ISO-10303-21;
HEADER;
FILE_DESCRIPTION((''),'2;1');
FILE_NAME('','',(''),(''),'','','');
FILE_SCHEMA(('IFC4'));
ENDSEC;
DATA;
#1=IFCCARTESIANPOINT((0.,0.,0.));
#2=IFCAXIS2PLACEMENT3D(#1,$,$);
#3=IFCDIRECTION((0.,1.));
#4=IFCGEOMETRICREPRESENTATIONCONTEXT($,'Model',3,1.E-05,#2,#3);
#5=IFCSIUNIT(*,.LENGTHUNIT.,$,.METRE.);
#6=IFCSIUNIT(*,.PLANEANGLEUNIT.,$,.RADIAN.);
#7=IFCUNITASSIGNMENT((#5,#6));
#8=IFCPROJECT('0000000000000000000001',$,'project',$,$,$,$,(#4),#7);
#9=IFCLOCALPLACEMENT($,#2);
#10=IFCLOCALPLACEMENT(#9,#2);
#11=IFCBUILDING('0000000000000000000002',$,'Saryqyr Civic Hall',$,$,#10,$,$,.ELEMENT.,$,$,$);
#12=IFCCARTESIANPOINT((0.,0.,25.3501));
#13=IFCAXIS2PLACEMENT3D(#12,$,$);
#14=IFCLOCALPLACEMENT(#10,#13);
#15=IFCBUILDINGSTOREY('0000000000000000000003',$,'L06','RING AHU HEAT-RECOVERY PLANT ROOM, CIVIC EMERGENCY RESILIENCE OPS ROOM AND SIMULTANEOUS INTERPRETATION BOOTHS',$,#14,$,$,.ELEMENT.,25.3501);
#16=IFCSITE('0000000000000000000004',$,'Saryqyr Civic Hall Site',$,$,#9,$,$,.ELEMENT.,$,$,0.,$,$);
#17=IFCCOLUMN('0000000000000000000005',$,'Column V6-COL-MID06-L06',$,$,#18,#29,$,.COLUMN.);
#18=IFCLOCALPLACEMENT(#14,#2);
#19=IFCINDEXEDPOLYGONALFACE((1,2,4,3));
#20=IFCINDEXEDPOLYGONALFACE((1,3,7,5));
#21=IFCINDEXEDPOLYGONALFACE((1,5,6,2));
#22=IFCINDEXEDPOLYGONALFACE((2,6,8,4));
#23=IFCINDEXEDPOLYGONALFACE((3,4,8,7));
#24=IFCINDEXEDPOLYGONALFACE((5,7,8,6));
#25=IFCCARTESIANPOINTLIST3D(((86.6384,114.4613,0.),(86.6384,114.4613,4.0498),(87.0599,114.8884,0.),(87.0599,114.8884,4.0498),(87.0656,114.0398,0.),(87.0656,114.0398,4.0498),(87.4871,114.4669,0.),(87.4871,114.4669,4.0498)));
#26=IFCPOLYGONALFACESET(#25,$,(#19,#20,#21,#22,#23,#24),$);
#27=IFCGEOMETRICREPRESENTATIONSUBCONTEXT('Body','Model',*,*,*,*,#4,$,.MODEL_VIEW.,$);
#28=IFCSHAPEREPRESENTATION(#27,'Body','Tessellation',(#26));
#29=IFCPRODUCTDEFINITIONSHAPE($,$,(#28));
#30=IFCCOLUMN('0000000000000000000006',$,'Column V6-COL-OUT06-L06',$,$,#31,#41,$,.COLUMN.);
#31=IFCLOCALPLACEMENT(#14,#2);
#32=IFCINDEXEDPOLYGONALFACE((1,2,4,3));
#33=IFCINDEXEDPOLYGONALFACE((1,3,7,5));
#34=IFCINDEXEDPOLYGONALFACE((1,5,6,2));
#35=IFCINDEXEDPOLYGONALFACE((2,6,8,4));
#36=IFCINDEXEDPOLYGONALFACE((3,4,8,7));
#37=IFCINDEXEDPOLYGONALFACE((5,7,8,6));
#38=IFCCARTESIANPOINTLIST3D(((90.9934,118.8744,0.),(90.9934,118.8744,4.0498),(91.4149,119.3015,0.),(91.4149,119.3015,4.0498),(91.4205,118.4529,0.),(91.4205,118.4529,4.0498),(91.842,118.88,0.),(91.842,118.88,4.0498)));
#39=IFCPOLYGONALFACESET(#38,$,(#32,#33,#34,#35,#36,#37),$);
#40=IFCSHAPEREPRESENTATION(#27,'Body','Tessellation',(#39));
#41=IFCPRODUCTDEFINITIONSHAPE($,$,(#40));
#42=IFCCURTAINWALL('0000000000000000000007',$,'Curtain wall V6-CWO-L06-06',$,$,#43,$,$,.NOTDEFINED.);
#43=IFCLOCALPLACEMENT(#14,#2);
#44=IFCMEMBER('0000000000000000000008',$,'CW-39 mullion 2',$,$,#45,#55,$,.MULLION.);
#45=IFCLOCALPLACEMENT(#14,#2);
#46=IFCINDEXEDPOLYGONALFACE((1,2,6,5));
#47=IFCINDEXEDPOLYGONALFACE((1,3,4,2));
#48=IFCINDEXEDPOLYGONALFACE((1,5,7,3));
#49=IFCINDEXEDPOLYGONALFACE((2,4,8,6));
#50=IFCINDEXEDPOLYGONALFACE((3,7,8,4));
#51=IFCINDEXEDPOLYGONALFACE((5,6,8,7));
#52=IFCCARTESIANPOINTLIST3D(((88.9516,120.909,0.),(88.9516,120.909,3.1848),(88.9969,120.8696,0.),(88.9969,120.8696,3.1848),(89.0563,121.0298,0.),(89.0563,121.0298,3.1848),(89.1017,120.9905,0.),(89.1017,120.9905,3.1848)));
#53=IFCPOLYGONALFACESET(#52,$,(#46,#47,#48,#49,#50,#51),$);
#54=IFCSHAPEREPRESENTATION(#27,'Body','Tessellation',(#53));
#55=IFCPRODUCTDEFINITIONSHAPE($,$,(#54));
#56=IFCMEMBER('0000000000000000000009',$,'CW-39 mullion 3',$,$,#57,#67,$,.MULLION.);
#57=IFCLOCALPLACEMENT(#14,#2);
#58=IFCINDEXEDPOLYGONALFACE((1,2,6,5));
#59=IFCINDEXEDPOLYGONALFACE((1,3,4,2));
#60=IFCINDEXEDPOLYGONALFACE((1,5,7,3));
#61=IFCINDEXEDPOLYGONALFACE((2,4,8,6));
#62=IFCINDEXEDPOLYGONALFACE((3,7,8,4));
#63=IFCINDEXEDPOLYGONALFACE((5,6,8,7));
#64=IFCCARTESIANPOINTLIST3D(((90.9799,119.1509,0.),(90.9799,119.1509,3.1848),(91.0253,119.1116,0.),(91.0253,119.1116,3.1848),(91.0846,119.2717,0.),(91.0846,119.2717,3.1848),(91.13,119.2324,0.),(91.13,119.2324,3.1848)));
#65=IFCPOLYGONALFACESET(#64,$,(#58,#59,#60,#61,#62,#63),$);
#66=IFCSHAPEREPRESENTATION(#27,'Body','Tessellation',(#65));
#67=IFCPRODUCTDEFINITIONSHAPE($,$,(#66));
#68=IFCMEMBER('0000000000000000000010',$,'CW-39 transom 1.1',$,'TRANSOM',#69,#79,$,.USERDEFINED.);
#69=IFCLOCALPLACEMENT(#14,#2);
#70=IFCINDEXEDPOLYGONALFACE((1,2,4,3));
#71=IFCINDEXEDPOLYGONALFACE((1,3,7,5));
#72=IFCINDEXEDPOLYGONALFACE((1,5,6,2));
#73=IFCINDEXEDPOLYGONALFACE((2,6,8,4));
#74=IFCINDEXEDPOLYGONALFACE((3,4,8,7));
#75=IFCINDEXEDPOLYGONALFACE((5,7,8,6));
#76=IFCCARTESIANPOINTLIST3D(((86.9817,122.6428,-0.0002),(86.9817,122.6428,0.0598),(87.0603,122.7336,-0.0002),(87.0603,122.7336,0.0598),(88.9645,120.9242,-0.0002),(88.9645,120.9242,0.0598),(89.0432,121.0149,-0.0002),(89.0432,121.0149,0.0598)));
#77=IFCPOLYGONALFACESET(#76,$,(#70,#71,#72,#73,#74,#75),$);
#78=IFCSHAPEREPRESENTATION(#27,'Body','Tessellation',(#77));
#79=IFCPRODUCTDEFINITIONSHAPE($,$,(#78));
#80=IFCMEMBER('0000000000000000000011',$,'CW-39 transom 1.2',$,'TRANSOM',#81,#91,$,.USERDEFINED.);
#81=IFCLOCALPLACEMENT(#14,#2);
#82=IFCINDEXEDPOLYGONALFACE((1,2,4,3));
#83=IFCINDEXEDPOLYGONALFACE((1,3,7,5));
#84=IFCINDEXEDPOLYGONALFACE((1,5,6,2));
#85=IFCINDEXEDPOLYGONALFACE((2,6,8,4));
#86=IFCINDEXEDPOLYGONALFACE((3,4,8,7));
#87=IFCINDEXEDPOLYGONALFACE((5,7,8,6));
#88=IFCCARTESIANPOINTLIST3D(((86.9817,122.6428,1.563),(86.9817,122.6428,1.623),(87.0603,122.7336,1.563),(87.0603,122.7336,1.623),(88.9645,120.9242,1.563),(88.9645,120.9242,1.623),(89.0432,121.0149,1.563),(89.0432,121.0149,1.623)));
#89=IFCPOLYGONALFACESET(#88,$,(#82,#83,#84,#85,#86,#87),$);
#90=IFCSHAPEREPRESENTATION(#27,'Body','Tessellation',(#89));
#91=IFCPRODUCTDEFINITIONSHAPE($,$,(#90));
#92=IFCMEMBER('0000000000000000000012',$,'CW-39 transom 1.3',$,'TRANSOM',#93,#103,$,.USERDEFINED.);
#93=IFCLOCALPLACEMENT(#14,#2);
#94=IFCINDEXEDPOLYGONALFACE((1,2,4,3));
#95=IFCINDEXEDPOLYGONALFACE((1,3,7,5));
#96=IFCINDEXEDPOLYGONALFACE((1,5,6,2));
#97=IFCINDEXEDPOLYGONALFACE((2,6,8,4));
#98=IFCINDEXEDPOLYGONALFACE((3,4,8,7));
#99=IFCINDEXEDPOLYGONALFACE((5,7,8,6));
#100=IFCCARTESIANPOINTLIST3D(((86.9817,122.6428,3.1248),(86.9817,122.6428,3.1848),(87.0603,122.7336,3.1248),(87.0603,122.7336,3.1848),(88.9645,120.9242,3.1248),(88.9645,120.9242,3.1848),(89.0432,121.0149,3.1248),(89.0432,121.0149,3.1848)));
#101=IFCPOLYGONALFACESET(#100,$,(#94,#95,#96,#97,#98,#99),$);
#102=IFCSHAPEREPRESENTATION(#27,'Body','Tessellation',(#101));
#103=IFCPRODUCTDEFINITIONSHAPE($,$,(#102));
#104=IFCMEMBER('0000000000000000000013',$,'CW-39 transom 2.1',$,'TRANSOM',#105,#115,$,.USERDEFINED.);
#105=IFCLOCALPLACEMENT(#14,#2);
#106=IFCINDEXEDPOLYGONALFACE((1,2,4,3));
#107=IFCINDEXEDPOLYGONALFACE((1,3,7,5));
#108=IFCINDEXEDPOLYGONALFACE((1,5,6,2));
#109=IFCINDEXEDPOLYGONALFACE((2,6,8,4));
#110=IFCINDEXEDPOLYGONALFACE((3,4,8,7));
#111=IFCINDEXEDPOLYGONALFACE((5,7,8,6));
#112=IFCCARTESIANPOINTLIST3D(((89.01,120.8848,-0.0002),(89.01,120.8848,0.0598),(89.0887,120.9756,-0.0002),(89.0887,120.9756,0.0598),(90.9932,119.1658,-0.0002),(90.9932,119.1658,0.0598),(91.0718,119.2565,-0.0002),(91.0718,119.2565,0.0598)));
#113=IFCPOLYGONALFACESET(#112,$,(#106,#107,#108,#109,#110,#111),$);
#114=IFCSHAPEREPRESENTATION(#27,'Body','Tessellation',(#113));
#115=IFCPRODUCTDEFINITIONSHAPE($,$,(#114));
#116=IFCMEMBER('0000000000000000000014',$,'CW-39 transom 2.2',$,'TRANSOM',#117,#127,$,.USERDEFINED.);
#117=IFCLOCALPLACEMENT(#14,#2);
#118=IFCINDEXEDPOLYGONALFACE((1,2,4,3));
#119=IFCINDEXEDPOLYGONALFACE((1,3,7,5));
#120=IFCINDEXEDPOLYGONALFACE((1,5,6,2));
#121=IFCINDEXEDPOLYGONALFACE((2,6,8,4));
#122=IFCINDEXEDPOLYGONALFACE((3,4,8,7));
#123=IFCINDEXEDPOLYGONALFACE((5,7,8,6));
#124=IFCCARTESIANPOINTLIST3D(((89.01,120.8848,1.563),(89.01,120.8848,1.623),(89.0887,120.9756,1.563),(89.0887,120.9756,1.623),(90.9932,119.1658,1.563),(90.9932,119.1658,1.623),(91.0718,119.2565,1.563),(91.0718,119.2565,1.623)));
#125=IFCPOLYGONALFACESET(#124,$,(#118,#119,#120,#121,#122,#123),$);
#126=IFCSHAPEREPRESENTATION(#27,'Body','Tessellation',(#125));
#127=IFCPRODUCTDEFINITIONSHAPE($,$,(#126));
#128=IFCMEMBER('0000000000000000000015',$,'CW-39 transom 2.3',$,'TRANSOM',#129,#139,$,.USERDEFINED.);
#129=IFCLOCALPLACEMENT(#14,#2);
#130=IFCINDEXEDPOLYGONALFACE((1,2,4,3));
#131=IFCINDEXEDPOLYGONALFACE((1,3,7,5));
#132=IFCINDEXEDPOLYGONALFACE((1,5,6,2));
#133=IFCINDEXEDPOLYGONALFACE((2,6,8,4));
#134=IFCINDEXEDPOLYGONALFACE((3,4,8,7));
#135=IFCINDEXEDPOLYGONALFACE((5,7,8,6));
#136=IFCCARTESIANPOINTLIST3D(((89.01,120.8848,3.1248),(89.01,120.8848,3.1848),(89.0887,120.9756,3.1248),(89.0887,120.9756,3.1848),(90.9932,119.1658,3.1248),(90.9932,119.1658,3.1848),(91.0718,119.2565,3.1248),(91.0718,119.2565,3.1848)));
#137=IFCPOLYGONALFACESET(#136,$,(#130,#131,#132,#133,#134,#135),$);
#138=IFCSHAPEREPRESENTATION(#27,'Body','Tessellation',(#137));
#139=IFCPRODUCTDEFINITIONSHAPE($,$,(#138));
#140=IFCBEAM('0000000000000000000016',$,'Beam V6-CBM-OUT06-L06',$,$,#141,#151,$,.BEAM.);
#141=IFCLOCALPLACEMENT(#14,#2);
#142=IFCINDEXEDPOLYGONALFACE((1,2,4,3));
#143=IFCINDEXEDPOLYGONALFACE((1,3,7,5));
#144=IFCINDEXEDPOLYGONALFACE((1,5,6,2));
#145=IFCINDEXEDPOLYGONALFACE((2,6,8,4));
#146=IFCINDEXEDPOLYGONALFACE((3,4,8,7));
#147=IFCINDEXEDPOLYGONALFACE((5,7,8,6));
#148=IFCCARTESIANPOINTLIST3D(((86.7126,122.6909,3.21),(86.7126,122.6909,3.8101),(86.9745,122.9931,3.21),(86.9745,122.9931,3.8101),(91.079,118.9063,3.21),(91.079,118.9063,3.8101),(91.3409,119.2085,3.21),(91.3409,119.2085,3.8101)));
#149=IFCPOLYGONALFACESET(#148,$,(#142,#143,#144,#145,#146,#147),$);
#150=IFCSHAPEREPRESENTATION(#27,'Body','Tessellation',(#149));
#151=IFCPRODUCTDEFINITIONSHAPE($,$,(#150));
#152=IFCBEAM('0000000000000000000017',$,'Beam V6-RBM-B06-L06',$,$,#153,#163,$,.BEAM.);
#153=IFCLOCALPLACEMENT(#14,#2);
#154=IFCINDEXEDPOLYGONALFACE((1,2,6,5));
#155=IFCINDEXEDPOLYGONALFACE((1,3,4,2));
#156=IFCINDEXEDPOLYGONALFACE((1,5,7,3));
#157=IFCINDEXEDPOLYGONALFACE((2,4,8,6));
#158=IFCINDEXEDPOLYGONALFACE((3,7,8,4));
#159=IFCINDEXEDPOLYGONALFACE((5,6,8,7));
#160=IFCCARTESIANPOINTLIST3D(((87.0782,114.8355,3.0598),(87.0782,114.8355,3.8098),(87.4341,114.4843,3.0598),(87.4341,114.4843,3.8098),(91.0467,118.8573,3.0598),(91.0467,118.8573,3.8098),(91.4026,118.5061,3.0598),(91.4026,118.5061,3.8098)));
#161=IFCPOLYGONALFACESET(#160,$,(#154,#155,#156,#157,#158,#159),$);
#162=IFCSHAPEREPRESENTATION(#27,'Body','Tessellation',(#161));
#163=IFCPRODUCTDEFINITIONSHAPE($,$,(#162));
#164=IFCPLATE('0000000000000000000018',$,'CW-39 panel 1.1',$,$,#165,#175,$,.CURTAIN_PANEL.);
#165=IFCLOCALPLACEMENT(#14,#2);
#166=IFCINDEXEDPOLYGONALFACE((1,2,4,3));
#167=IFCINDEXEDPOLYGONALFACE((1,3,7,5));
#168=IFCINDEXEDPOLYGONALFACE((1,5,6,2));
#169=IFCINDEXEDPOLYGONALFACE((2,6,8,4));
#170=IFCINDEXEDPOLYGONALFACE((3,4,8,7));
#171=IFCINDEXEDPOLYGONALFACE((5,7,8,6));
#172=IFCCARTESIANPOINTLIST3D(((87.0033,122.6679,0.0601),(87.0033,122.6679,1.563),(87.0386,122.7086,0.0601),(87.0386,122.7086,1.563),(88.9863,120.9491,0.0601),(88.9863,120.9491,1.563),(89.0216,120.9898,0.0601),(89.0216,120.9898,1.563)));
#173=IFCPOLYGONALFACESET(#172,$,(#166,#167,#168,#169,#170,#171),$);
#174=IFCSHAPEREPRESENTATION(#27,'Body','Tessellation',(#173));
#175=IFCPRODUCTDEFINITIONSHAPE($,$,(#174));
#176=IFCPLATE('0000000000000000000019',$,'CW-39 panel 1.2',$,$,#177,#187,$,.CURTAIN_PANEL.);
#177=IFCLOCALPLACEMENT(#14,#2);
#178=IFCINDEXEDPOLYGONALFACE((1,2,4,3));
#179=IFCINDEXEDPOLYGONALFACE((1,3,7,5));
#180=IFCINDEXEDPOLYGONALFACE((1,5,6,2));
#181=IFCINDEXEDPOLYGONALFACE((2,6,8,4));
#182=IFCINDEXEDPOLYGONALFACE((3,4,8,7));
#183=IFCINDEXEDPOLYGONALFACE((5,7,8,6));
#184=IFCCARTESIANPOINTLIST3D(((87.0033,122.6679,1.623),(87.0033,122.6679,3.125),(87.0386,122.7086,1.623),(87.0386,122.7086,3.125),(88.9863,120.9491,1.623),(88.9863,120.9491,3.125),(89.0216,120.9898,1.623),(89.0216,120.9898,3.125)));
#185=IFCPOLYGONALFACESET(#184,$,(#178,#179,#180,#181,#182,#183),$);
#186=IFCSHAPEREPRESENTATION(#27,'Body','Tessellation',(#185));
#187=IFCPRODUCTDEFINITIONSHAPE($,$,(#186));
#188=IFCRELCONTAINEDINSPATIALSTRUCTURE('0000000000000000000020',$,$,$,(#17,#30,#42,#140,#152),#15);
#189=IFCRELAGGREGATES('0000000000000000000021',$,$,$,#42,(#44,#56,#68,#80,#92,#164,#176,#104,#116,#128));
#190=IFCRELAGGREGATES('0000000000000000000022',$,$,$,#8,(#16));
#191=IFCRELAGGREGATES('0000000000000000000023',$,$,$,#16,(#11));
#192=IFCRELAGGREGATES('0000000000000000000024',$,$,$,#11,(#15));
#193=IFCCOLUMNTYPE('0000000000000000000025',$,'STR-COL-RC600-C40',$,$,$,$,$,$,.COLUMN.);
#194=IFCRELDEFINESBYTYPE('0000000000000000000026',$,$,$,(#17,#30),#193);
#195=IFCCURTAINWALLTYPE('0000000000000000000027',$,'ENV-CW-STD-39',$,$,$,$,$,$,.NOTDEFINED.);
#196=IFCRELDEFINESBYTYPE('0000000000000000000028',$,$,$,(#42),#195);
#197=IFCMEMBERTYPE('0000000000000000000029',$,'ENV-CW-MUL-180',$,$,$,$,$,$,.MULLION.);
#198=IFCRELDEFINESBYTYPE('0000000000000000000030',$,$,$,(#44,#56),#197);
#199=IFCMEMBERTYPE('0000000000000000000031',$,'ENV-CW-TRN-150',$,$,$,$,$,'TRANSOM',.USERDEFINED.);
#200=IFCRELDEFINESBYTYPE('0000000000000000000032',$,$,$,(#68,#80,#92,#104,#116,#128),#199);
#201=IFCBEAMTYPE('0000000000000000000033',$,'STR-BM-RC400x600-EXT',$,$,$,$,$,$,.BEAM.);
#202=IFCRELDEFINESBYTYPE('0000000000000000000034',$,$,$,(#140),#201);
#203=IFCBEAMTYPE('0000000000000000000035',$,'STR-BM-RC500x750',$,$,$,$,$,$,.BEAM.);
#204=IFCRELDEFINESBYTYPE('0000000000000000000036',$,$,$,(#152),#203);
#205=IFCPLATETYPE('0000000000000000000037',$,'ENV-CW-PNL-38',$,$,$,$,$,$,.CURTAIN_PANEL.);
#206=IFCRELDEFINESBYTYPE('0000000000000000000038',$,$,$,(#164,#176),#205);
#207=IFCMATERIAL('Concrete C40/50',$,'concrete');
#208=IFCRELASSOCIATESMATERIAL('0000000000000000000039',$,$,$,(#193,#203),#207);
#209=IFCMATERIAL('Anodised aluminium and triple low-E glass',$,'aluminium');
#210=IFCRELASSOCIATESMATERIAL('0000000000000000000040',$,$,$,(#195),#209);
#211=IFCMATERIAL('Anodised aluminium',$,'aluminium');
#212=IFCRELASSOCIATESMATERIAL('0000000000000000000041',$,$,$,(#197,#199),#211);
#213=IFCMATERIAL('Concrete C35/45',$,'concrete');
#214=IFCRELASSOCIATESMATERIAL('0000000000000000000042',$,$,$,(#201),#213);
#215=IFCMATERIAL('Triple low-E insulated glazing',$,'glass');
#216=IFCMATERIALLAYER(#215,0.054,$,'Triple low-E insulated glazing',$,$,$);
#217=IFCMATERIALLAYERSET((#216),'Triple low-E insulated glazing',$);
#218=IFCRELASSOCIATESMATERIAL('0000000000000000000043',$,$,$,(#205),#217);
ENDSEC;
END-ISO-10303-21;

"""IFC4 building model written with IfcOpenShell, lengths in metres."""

from ifc_helpers import new_model, si_unit, direction, frame, origin, origin_2d, place, context, subcontext, project, spatial, rectangle, extrude, material, layer, layer_set, material_profile, profile_set, type_object, element, aggregate, save


model = new_model("IFC4")

# Units and contexts
model_context = context("Model", 3, precision=1e-05, world=origin(), true_north=direction((0.0, 1.0)))
body_context = subcontext(model_context, "Body", "Model", "MODEL_VIEW")
ifc_project = project(units=[si_unit("LENGTHUNIT", "METRE"), si_unit("PLANEANGLEUNIT", "RADIAN")], contexts=[model_context])

# Site, building, storey
site_placement = place(None, origin())
site = spatial("IfcSite", under=ifc_project, at=site_placement, Name="Saryqyr Civic Hall Site", CompositionType="ELEMENT", RefElevation=0.0)
building_placement = place(site_placement, origin())
building = spatial("IfcBuilding", under=site, at=building_placement, Name="Saryqyr Civic Hall", CompositionType="ELEMENT")
storey_placement = place(building_placement, frame((0.0, 0.0, 25.3501)))
storey = spatial("IfcBuildingStorey", under=building, at=storey_placement, Name="L06", Description="RING AHU HEAT-RECOVERY PLANT ROOM, CIVIC EMERGENCY RESILIENCE OPS ROOM AND SIMULTANEOUS INTERPRETATION BOOTHS", CompositionType="ELEMENT", Elevation=25.3501)

# Columns
ifc_material_1 = material(Name="Concrete C40/50", Category="concrete")
ifc_material_profile_1 = material_profile(ifc_material_1, rectangle(XDim=0.6001, YDim=0.6001, at=origin_2d()), Name="RC 600x600")
ifc_profile_set_1 = profile_set([ifc_material_profile_1], Name="Concrete C40/50")
column_type = type_object("IfcColumnType", Name="STR-COL-RC600-C40", PredefinedType="COLUMN", material=ifc_profile_set_1)
for number, where, z_axis, x_axis, name in (
    (1, (87.0627, 114.4641, 0.0), (0.0, 0.0, 1.0), (0.702402, 0.711781, 0.0), "Column V6-COL-MID06-L06"),
    (2, (91.4177, 118.8772, 0.0), (0.0, 0.0, 1.0), (0.702402, 0.711781, 0.0), "Column V6-COL-OUT06-L06"),
):
    element("IfcColumn", number, at=place(storey_placement, frame(where, z_axis=z_axis, x_axis=x_axis)), inside=storey, type_object=column_type, Name=name, PredefinedType="COLUMN", context=body_context, shape_type="SweptSolid", body=[
        extrude(rectangle(XDim=0.6001, YDim=0.6001, at=origin_2d()), origin(), (0.0, 0.0, 1.0), 4.0498),
    ])

# Curtain wall, members
ifc_material_2 = material(Name="Anodised aluminium and triple low-E glass", Category="aluminium")
curtain_wall_type = type_object("IfcCurtainWallType", Name="ENV-CW-STD-39", PredefinedType="NOTDEFINED", material=ifc_material_2)
curtain_wall_placement = place(storey_placement, origin())
curtain_wall = element("IfcCurtainWall", 3, at=curtain_wall_placement, inside=storey, type_object=curtain_wall_type, Name="Curtain wall V6-CWO-L06-06", PredefinedType="NOTDEFINED")
ifc_material_3 = material(Name="Anodised aluminium", Category="aluminium")
ifc_material_profile_2 = material_profile(ifc_material_3, rectangle(XDim=0.0601, YDim=0.1599, at=origin_2d()), Name="ALU MULLION 60x160")
ifc_profile_set_2 = profile_set([ifc_material_profile_2], Name="Anodised aluminium")
member_type_1 = type_object("IfcMemberType", Name="ENV-CW-MUL-180", PredefinedType="MULLION", material=ifc_profile_set_2)
member_1_placement = place(storey_placement, frame((89.0266, 120.9497, 0.0), z_axis=(0.0, 0.0, 1.0), x_axis=(0.755657, -0.654967, 0.0)))
member_1 = element("IfcMember", 4, at=member_1_placement, type_object=member_type_1, Name="CW-39 mullion 2", PredefinedType="MULLION", context=body_context, shape_type="SweptSolid", body=[
    extrude(rectangle(XDim=0.0601, YDim=0.1599, at=origin_2d()), origin(), (0.0, 0.0, 1.0), 3.1848),
])
member_2_placement = place(storey_placement, frame((91.0549, 119.1917, 0.0), z_axis=(0.0, 0.0, 1.0), x_axis=(0.755657, -0.654967, 0.0)))
member_2 = element("IfcMember", 5, at=member_2_placement, type_object=member_type_1, Name="CW-39 mullion 3", PredefinedType="MULLION", context=body_context, shape_type="SweptSolid", body=[
    extrude(rectangle(XDim=0.0601, YDim=0.1599, at=origin_2d()), origin(), (0.0, 0.0, 1.0), 3.1848),
])
ifc_material_profile_3 = material_profile(ifc_material_3, rectangle(XDim=0.1201, YDim=0.0601, at=origin_2d()), Name="ALU TRANSOM 120x60")
ifc_profile_set_3 = profile_set([ifc_material_profile_3], Name="Anodised aluminium")
member_type_2 = type_object("IfcMemberType", Name="ENV-CW-TRN-150", ElementType="TRANSOM", PredefinedType="USERDEFINED", material=ifc_profile_set_3)
member_3_placement = place(storey_placement, frame((87.021, 122.6882, 0.0298), z_axis=(0.755646, -0.65498, 0.0), x_axis=(0.65498, 0.755646, 0.0)))
member_3 = element("IfcMember", 6, at=member_3_placement, type_object=member_type_2, Name="CW-39 transom 1.1", ObjectType="TRANSOM", PredefinedType="USERDEFINED", context=body_context, shape_type="SweptSolid", body=[
    extrude(rectangle(XDim=0.1201, YDim=0.0601, at=origin_2d()), origin(), (0.0, 0.0, 1.0), 2.624),
])
member_4_placement = place(storey_placement, frame((87.021, 122.6882, 1.593), z_axis=(0.755646, -0.65498, 0.0), x_axis=(0.65498, 0.755646, 0.0)))
member_4 = element("IfcMember", 7, at=member_4_placement, type_object=member_type_2, Name="CW-39 transom 1.2", ObjectType="TRANSOM", PredefinedType="USERDEFINED", context=body_context, shape_type="SweptSolid", body=[
    extrude(rectangle(XDim=0.1201, YDim=0.0601, at=origin_2d()), origin(), (0.0, 0.0, 1.0), 2.624),
])
member_5_placement = place(storey_placement, frame((87.021, 122.6882, 3.1548), z_axis=(0.755646, -0.65498, 0.0), x_axis=(0.65498, 0.755646, 0.0)))
member_5 = element("IfcMember", 8, at=member_5_placement, type_object=member_type_2, Name="CW-39 transom 1.3", ObjectType="TRANSOM", PredefinedType="USERDEFINED", context=body_context, shape_type="SweptSolid", body=[
    extrude(rectangle(XDim=0.1201, YDim=0.0601, at=origin_2d()), origin(), (0.0, 0.0, 1.0), 2.624),
])
member_6_placement = place(storey_placement, frame((89.0493, 120.9302, 0.0298), z_axis=(0.75564, -0.654987, 0.0), x_axis=(0.654987, 0.75564, 0.0)))
member_6 = element("IfcMember", 9, at=member_6_placement, type_object=member_type_2, Name="CW-39 transom 2.1", ObjectType="TRANSOM", PredefinedType="USERDEFINED", context=body_context, shape_type="SweptSolid", body=[
    extrude(rectangle(XDim=0.1201, YDim=0.0601, at=origin_2d()), origin(), (0.0, 0.0, 1.0), 2.6245),
])
member_7_placement = place(storey_placement, frame((89.0493, 120.9302, 1.593), z_axis=(0.75564, -0.654987, 0.0), x_axis=(0.654987, 0.75564, 0.0)))
member_7 = element("IfcMember", 10, at=member_7_placement, type_object=member_type_2, Name="CW-39 transom 2.2", ObjectType="TRANSOM", PredefinedType="USERDEFINED", context=body_context, shape_type="SweptSolid", body=[
    extrude(rectangle(XDim=0.1201, YDim=0.0601, at=origin_2d()), origin(), (0.0, 0.0, 1.0), 2.6245),
])
member_8_placement = place(storey_placement, frame((89.0493, 120.9302, 3.1548), z_axis=(0.75564, -0.654987, 0.0), x_axis=(0.654987, 0.75564, 0.0)))
member_8 = element("IfcMember", 11, at=member_8_placement, type_object=member_type_2, Name="CW-39 transom 2.3", ObjectType="TRANSOM", PredefinedType="USERDEFINED", context=body_context, shape_type="SweptSolid", body=[
    extrude(rectangle(XDim=0.1201, YDim=0.0601, at=origin_2d()), origin(), (0.0, 0.0, 1.0), 2.6245),
])

# Beams
ifc_material_4 = material(Name="Concrete C35/45", Category="concrete")
ifc_material_profile_4 = material_profile(ifc_material_4, rectangle(XDim=0.3999, YDim=0.6001, at=origin_2d()), Name="RC 400x600")
ifc_profile_set_4 = profile_set([ifc_material_profile_4], Name="Concrete C35/45")
beam_type_1 = type_object("IfcBeamType", Name="STR-BM-RC400x600-EXT", PredefinedType="BEAM", material=ifc_profile_set_4)
beam_1_placement = place(storey_placement, frame((91.21, 119.0574, 3.51), z_axis=(-0.755654, 0.654971, 0.0), x_axis=(-0.654971, -0.755654, 0.0)))
element("IfcBeam", 12, at=beam_1_placement, inside=storey, type_object=beam_type_1, Name="Beam V6-CBM-OUT06-L06", PredefinedType="BEAM", context=body_context, shape_type="SweptSolid", body=[
    extrude(rectangle(XDim=0.3999, YDim=0.6001, at=origin_2d()), origin(), (0.0, 0.0, 1.0), 5.7783),
])
ifc_material_profile_5 = material_profile(ifc_material_1, rectangle(XDim=0.5, YDim=0.75, at=origin_2d()), Name="RC 500x750")
ifc_profile_set_5 = profile_set([ifc_material_profile_5], Name="Concrete C40/50")
beam_type_2 = type_object("IfcBeamType", Name="STR-BM-RC500x750", PredefinedType="BEAM", material=ifc_profile_set_5)
beam_2_placement = place(storey_placement, frame((87.2561, 114.6599, 3.4348), z_axis=(0.702381, 0.711801, 0.0), x_axis=(-0.711801, 0.702381, 0.0)))
element("IfcBeam", 13, at=beam_2_placement, inside=storey, type_object=beam_type_2, Name="Beam V6-RBM-B06-L06", PredefinedType="BEAM", context=body_context, shape_type="SweptSolid", body=[
    extrude(rectangle(XDim=0.5, YDim=0.75, at=origin_2d()), origin(), (0.0, 0.0, 1.0), 5.6501),
])

# Plates
ifc_material_5 = material(Name="Triple low-E insulated glazing", Category="glass")
ifc_layer_1 = layer(ifc_material_5, 0.054, Name="Triple low-E insulated glazing")
ifc_layer_set_1 = layer_set([ifc_layer_1], Name="Triple low-E insulated glazing")
plate_type = type_object("IfcPlateType", Name="ENV-CW-PNL-38", PredefinedType="CURTAIN_PANEL", material=ifc_layer_set_1)
plate_1_placement = place(storey_placement, frame((88.0125, 121.8289, 0.0601), z_axis=(0.0, 0.0, 1.0), x_axis=(0.755657, -0.654967, 0.0)))
plate_1 = element("IfcPlate", 14, at=plate_1_placement, type_object=plate_type, Name="CW-39 panel 1.1", PredefinedType="CURTAIN_PANEL", context=body_context, shape_type="SweptSolid", body=[
    extrude(rectangle(XDim=2.6243, YDim=0.054, at=origin_2d()), origin(), (0.0, 0.0, 1.0), 1.5029),
])
plate_2_placement = place(storey_placement, frame((88.0125, 121.8289, 1.623), z_axis=(0.0, 0.0, 1.0), x_axis=(0.755657, -0.654967, 0.0)))
plate_2 = element("IfcPlate", 15, at=plate_2_placement, type_object=plate_type, Name="CW-39 panel 1.2", PredefinedType="CURTAIN_PANEL", context=body_context, shape_type="SweptSolid", body=[
    extrude(rectangle(XDim=2.6243, YDim=0.054, at=origin_2d()), origin(), (0.0, 0.0, 1.0), 1.502),
])
aggregate(curtain_wall, [member_1, member_2, member_3, member_4, member_5, plate_1, plate_2, member_6, member_7, member_8])

save(model, "model.ifc")
